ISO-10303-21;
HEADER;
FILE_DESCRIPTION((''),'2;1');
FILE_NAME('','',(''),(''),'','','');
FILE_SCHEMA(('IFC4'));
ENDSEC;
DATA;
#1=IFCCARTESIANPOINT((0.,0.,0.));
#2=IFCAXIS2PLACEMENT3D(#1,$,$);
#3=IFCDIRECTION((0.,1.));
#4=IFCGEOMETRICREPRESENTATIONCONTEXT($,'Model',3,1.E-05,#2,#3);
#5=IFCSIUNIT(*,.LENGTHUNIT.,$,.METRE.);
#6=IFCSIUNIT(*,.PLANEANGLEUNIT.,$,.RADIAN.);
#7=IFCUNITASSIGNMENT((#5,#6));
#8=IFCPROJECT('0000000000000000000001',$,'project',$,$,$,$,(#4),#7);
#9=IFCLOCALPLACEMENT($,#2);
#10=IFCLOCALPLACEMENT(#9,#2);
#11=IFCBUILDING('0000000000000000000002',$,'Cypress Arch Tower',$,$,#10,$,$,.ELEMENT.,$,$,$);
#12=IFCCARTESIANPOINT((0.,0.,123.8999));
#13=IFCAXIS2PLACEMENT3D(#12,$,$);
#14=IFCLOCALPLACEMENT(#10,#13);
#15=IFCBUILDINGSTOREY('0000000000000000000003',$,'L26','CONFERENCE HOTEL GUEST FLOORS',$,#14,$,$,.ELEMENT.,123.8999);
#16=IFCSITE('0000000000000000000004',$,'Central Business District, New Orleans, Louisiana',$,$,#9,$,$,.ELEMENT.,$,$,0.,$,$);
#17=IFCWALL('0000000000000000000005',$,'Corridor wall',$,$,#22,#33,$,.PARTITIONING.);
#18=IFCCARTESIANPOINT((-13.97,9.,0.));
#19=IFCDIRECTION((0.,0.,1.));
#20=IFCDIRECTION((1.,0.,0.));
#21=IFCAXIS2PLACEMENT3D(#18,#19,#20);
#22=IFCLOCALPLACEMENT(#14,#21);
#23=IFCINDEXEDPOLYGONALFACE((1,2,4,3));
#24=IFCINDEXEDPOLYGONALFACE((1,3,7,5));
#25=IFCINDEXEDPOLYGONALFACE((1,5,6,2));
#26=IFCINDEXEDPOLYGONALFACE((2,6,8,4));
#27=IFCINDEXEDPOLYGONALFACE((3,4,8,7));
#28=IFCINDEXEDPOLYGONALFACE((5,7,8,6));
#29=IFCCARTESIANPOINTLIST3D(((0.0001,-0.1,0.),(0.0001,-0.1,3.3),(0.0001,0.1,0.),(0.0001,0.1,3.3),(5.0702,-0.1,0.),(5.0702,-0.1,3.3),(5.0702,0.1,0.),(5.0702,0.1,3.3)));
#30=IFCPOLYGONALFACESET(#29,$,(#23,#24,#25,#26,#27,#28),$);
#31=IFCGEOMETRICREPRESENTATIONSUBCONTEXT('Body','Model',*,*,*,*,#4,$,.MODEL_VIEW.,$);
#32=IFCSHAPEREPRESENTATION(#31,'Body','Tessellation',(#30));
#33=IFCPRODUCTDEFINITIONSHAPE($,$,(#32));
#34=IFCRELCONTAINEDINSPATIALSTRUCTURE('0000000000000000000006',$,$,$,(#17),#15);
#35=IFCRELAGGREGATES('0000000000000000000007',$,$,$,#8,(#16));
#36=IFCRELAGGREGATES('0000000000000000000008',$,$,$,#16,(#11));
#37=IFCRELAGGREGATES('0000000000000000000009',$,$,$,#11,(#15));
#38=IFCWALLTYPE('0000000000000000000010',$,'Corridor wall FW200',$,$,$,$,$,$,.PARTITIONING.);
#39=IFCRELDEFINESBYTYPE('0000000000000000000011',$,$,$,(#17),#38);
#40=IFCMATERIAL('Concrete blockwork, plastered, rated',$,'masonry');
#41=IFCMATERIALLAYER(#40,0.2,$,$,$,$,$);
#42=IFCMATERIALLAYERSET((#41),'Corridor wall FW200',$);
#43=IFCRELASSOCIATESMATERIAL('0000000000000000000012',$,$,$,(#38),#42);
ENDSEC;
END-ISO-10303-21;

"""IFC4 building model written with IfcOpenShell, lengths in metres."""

from ifc_helpers import new_model, si_unit, direction, frame, frame_2d, origin, place, context, subcontext, project, spatial, rectangle, extrude, material, layer, layer_set, type_object, element, save


model = new_model("IFC4")

# Units and contexts
model_context = context("Model", 3, precision=1e-05, world=origin(), true_north=direction((0.0, 1.0)))
body_context = subcontext(model_context, "Body", "Model", "MODEL_VIEW")
ifc_project = project(units=[si_unit("LENGTHUNIT", "METRE"), si_unit("PLANEANGLEUNIT", "RADIAN")], contexts=[model_context])

# Site, building, storey
site_placement = place(None, origin())
site = spatial("IfcSite", under=ifc_project, at=site_placement, Name="Central Business District, New Orleans, Louisiana", CompositionType="ELEMENT", RefElevation=0.0)
building_placement = place(site_placement, origin())
building = spatial("IfcBuilding", under=site, at=building_placement, Name="Cypress Arch Tower", CompositionType="ELEMENT")
storey_placement = place(building_placement, frame((0.0, 0.0, 123.8999)))
storey = spatial("IfcBuildingStorey", under=building, at=storey_placement, Name="L26", Description="CONFERENCE HOTEL GUEST FLOORS", CompositionType="ELEMENT", Elevation=123.8999)

# Wall
ifc_material_1 = material(Name="Concrete blockwork, plastered, rated", Category="masonry")
ifc_layer_1 = layer(ifc_material_1, 0.2)
ifc_layer_set_1 = layer_set([ifc_layer_1], Name="Corridor wall FW200")
wall_type_1 = type_object("IfcWallType", Name="Corridor wall FW200", PredefinedType="PARTITIONING", material=ifc_layer_set_1)
wall_1_placement = place(storey_placement, frame((-13.97, 9.0, 0.0), z_axis=(0.0, 0.0, 1.0), x_axis=(1.0, 0.0, 0.0)))
element("IfcWall", 1, at=wall_1_placement, inside=storey, type_object=wall_type_1, Name="Corridor wall", PredefinedType="PARTITIONING", context=body_context, shape_type="SweptSolid", body=[
    extrude(rectangle(XDim=5.0701, YDim=0.2, at=frame_2d((2.5352, 0.0))), origin(), (0.0, 0.0, 1.0), 3.3),
])

save(model, "model.ifc")
